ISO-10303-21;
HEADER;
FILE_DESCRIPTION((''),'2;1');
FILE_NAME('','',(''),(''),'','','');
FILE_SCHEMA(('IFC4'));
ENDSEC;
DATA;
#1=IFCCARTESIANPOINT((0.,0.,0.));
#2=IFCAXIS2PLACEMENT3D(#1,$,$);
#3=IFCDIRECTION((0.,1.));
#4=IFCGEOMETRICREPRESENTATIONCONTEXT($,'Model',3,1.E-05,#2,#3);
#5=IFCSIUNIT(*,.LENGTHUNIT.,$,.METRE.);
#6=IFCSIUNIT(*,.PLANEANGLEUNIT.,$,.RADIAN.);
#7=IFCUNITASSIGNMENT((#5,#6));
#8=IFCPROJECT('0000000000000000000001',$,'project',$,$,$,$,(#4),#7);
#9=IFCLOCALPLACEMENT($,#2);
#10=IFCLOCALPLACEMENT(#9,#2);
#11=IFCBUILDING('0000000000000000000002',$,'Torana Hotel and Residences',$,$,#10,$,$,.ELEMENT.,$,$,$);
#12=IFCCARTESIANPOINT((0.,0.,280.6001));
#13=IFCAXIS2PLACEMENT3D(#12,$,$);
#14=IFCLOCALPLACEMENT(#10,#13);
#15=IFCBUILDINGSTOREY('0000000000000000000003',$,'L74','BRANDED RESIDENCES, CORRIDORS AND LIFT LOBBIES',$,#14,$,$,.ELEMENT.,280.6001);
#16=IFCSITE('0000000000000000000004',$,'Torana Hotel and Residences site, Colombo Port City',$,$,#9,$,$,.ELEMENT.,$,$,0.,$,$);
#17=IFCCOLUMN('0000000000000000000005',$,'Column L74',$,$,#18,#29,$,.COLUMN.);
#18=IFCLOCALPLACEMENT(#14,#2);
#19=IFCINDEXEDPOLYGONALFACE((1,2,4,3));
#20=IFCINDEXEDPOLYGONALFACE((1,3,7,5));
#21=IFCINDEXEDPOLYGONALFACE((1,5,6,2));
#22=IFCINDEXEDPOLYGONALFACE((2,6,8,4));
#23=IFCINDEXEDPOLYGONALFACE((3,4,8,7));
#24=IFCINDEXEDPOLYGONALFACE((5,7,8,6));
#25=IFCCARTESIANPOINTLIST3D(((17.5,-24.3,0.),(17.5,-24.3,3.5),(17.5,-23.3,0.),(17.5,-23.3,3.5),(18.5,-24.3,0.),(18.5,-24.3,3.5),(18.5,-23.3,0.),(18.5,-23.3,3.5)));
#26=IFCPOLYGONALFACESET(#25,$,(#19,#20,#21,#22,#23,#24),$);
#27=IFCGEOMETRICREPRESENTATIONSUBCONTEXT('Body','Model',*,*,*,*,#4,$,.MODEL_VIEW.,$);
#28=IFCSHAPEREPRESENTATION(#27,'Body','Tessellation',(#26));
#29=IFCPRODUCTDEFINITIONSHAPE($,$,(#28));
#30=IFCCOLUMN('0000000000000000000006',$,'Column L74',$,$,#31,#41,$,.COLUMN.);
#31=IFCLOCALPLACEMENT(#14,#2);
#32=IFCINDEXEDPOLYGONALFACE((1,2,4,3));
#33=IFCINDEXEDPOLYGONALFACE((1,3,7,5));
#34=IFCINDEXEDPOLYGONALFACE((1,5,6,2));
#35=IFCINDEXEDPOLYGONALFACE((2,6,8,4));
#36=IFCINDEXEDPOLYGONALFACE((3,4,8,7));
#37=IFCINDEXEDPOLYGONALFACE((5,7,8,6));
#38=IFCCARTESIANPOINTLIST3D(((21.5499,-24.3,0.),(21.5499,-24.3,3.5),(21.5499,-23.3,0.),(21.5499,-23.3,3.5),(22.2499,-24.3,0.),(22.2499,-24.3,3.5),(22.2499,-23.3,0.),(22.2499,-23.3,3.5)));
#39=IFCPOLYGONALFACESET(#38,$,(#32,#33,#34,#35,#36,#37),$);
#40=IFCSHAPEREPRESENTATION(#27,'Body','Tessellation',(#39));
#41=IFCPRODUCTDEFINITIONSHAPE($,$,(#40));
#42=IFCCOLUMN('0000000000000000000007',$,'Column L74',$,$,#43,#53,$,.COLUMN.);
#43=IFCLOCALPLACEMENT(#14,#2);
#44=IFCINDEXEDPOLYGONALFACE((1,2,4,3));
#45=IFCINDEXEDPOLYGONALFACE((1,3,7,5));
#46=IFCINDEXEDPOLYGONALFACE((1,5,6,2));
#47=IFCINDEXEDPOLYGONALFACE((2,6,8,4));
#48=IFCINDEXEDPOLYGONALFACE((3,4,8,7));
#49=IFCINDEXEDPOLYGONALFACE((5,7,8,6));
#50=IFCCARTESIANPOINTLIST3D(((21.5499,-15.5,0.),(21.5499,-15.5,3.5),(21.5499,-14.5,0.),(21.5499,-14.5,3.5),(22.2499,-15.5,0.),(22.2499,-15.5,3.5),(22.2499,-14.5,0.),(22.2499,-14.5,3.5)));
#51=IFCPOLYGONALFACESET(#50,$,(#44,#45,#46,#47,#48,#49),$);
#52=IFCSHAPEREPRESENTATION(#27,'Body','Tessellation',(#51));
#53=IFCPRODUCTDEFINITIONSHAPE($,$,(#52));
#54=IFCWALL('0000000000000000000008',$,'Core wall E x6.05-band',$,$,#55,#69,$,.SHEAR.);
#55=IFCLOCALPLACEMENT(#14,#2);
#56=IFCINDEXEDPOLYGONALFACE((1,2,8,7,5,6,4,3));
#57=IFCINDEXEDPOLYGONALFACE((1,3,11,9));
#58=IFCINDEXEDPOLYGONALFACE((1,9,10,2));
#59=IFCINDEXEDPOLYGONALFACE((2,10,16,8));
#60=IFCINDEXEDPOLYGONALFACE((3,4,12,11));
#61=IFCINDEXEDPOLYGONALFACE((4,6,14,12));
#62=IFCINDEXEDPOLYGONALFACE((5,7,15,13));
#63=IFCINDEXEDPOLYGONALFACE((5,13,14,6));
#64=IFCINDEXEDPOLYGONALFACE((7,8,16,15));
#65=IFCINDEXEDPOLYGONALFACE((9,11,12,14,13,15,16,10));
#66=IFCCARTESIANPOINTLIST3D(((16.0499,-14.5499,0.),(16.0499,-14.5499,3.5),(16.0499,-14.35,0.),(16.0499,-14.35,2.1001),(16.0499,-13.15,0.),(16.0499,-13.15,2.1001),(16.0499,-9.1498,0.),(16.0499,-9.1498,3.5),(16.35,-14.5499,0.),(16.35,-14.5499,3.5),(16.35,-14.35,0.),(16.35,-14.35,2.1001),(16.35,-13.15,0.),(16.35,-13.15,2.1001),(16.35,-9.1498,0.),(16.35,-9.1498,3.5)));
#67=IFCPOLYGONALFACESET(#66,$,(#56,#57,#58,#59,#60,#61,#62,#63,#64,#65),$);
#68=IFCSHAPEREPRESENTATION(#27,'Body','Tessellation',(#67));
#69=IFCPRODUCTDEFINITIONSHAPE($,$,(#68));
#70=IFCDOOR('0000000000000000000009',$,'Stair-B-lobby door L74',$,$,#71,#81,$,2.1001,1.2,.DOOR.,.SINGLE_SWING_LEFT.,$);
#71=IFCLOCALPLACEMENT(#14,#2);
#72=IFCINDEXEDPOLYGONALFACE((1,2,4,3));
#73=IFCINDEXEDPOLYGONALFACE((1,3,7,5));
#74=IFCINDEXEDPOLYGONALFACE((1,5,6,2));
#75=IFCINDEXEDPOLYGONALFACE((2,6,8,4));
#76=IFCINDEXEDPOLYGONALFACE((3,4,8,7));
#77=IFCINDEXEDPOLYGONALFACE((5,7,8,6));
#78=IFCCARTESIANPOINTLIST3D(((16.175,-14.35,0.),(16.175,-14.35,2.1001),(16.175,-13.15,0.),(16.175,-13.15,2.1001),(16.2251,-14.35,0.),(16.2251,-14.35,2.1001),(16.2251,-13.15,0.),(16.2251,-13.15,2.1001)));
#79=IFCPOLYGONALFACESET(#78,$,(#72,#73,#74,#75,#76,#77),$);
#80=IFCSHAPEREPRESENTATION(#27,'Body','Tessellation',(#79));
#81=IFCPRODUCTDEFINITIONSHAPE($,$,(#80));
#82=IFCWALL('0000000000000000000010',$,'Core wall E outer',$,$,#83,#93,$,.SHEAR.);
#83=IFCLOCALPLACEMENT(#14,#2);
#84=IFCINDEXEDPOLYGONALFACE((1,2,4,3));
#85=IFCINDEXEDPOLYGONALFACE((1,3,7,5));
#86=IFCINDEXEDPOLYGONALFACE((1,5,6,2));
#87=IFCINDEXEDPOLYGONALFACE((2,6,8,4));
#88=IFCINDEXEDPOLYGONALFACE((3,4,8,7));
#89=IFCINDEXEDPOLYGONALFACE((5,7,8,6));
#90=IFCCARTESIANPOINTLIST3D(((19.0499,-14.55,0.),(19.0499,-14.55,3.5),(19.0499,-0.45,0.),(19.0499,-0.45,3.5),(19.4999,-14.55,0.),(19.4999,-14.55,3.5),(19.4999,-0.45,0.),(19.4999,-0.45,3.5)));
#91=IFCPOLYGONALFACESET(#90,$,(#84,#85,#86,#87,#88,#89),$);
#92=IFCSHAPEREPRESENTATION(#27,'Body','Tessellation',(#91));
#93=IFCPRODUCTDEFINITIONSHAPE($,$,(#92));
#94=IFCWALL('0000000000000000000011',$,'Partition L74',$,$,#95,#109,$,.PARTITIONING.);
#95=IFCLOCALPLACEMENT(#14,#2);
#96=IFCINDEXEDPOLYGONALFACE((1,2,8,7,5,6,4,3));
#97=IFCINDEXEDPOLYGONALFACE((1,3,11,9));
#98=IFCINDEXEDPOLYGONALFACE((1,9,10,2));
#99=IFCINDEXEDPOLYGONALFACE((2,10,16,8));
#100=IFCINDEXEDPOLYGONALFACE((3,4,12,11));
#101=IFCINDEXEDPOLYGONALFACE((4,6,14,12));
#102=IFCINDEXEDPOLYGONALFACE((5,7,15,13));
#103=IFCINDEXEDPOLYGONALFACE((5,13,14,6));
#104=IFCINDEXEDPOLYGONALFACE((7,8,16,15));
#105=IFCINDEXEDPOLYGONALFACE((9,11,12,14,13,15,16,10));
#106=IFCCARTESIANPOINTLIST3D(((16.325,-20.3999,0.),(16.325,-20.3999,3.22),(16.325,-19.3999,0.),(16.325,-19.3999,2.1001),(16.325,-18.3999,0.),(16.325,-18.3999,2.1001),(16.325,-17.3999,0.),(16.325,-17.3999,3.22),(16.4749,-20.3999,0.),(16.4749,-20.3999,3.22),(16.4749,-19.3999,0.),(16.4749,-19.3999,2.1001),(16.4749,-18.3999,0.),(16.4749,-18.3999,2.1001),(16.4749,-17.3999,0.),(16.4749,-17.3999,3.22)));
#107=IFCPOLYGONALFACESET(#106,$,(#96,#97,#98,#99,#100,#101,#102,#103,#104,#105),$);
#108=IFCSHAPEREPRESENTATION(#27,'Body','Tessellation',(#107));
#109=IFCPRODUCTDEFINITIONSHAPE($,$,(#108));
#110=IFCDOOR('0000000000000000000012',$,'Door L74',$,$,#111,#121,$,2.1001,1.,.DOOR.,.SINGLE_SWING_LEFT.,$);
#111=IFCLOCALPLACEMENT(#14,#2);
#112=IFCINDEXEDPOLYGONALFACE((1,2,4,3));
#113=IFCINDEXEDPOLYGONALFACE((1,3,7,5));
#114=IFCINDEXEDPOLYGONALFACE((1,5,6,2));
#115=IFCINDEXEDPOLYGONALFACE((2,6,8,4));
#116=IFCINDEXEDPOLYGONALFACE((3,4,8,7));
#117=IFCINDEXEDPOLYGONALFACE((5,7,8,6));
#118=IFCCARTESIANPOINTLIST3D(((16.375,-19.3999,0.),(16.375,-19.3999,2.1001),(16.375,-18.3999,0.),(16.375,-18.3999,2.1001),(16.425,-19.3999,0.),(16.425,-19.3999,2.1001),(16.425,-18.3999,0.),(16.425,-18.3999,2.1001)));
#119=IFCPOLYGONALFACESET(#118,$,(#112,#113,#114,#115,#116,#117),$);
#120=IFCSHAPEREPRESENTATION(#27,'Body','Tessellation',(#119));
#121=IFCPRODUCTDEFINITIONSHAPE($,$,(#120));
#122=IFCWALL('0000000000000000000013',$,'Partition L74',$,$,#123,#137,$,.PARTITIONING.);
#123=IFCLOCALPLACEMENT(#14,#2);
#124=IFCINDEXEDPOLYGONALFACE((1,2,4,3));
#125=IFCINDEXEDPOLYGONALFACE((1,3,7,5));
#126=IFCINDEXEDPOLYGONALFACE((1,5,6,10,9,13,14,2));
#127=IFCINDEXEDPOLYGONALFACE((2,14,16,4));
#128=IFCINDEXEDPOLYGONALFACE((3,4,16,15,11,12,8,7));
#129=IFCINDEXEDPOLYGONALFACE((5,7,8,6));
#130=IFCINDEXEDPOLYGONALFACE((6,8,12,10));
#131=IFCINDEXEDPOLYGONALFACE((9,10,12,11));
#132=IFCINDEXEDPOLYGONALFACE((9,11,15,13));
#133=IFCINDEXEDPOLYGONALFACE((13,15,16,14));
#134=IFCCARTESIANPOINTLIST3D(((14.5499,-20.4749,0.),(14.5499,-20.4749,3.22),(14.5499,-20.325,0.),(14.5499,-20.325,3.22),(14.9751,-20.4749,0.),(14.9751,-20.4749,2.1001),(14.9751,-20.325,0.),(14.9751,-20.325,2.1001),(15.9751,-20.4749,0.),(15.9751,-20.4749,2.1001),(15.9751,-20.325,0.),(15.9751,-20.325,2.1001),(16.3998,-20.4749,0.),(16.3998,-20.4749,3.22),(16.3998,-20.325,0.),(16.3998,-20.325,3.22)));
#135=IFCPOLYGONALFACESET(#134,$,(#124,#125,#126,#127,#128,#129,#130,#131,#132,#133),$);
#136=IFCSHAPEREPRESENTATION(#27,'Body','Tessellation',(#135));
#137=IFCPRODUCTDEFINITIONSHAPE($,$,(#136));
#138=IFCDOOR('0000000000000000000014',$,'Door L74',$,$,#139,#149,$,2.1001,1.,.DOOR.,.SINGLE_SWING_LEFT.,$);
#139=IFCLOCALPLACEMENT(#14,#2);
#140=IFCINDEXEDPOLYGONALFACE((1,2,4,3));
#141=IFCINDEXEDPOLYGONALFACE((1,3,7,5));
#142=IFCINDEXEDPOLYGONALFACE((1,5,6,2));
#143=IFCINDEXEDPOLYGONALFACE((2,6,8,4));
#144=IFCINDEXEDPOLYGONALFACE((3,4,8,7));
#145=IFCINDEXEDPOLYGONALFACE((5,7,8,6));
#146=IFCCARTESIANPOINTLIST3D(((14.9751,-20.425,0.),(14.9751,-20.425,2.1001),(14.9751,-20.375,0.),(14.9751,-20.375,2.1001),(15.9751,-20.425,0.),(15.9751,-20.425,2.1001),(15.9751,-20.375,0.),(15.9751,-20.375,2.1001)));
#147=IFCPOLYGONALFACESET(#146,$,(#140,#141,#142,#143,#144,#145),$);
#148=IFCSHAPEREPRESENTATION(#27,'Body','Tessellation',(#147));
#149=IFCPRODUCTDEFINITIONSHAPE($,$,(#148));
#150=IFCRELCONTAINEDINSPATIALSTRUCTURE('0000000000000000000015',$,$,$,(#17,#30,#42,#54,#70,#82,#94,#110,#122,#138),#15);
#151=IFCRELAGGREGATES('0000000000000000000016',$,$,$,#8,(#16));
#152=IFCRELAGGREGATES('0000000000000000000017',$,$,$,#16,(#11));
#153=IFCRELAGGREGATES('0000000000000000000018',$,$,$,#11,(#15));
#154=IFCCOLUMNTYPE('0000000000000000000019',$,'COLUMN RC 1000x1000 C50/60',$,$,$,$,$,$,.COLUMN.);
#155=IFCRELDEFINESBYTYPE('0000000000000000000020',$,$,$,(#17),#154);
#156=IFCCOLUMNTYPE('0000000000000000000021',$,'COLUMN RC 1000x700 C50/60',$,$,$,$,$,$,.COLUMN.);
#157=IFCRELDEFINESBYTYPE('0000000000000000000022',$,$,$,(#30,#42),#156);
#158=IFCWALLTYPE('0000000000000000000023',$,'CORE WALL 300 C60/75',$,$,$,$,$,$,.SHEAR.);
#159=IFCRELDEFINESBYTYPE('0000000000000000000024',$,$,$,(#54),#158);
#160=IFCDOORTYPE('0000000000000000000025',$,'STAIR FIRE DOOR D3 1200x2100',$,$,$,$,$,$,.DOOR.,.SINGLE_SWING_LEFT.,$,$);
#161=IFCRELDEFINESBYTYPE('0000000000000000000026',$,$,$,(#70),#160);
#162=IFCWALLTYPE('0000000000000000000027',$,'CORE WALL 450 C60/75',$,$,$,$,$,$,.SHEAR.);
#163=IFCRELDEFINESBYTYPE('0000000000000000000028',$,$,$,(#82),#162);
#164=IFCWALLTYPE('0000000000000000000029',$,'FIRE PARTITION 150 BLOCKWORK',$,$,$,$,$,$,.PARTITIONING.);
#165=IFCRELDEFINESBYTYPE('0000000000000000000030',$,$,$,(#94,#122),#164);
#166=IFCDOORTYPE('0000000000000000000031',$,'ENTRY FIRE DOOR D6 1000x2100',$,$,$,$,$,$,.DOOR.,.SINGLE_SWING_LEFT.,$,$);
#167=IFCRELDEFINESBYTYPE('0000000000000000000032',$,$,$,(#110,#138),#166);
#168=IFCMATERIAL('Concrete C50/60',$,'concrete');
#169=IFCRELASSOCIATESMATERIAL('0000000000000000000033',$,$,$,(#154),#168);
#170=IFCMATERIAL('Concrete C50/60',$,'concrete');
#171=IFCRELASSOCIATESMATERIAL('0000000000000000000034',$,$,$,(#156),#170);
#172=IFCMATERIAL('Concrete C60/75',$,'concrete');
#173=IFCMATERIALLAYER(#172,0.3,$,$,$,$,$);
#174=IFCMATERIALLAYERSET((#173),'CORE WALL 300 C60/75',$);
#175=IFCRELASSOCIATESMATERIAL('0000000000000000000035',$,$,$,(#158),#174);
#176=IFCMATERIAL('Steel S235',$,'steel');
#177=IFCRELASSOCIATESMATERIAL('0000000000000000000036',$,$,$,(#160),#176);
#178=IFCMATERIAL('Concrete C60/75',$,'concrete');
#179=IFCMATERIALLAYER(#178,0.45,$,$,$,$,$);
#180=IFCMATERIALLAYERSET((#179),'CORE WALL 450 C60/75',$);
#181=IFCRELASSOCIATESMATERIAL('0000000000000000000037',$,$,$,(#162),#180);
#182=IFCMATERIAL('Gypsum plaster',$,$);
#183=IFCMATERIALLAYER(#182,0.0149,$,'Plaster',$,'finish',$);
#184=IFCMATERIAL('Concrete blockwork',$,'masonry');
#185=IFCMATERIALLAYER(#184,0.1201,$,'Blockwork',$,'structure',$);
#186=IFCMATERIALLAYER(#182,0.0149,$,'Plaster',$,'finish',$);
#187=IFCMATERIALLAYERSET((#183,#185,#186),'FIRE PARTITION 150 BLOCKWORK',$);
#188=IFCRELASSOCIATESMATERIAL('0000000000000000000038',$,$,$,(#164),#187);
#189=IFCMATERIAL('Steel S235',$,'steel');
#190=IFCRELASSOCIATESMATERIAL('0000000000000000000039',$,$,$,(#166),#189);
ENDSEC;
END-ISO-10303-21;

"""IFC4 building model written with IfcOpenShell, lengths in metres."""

from ifc_helpers import new_model, si_unit, direction, frame, frame_2d, origin, origin_2d, place, context, subcontext, project, spatial, rectangle, extrude, material, layer, layer_set, material_profile, profile_set, type_object, element, fill, save


model = new_model("IFC4")

# Units and contexts
model_context = context("Model", 3, precision=1e-05, world=origin(), true_north=direction((0.0, 1.0)))
body_context = subcontext(model_context, "Body", "Model", "MODEL_VIEW")
ifc_project = project(units=[si_unit("LENGTHUNIT", "METRE"), si_unit("PLANEANGLEUNIT", "RADIAN")], contexts=[model_context])

# Site, building, storey
site_placement = place(None, origin())
site = spatial("IfcSite", under=ifc_project, at=site_placement, Name="Torana Hotel and Residences site, Colombo Port City", CompositionType="ELEMENT", RefElevation=0.0)
building_placement = place(site_placement, origin())
building = spatial("IfcBuilding", under=site, at=building_placement, Name="Torana Hotel and Residences", CompositionType="ELEMENT")
storey_placement = place(building_placement, frame((0.0, 0.0, 280.6001)))
storey = spatial("IfcBuildingStorey", under=building, at=storey_placement, Name="L74", Description="BRANDED RESIDENCES, CORRIDORS AND LIFT LOBBIES", CompositionType="ELEMENT", Elevation=280.6001)

# Columns
ifc_material_1 = material(Name="Concrete C50/60", Category="concrete")
ifc_material_profile_1 = material_profile(ifc_material_1, rectangle(XDim=1.0, YDim=1.0, at=origin_2d()), Name="RC 1000x1000")
ifc_profile_set_1 = profile_set([ifc_material_profile_1], Name="Concrete C50/60")
column_type_1 = type_object("IfcColumnType", Name="COLUMN RC 1000x1000 C50/60", PredefinedType="COLUMN", material=ifc_profile_set_1)
column_placement = place(storey_placement, frame((18.0, -23.8, 0.0), z_axis=(0.0, 0.0, 1.0), x_axis=(1.0, 0.0, 0.0)))
element("IfcColumn", 1, at=column_placement, inside=storey, type_object=column_type_1, Name="Column L74", PredefinedType="COLUMN", context=body_context, shape_type="SweptSolid", body=[
    extrude(rectangle(XDim=1.0, YDim=1.0, at=origin_2d()), origin(), (0.0, 0.0, 1.0), 3.5),
])
ifc_material_2 = material(Name="Concrete C50/60", Category="concrete")
ifc_material_profile_2 = material_profile(ifc_material_2, rectangle(XDim=1.0, YDim=0.7, at=origin_2d()), Name="RC 1000x700")
ifc_profile_set_2 = profile_set([ifc_material_profile_2], Name="Concrete C50/60")
column_type_2 = type_object("IfcColumnType", Name="COLUMN RC 1000x700 C50/60", PredefinedType="COLUMN", material=ifc_profile_set_2)
for number, where, z_axis, x_axis, name in (
    (2, (21.8999, -23.8, 0.0), (0.0, 0.0, 1.0), (0.0, 1.0, 0.0), "Column L74"),
    (3, (21.8999, -15.0, 0.0), (0.0, 0.0, 1.0), (0.0, 1.0, 0.0), "Column L74"),
):
    element("IfcColumn", number, at=place(storey_placement, frame(where, z_axis=z_axis, x_axis=x_axis)), inside=storey, type_object=column_type_2, Name=name, PredefinedType="COLUMN", context=body_context, shape_type="SweptSolid", body=[
        extrude(rectangle(XDim=1.0, YDim=0.7, at=origin_2d()), origin(), (0.0, 0.0, 1.0), 3.5),
    ])

# Wall, opening, door
ifc_material_3 = material(Name="Concrete C60/75", Category="concrete")
ifc_layer_1 = layer(ifc_material_3, 0.3)
ifc_layer_set_1 = layer_set([ifc_layer_1], Name="CORE WALL 300 C60/75")
wall_type_1 = type_object("IfcWallType", Name="CORE WALL 300 C60/75", PredefinedType="SHEAR", material=ifc_layer_set_1)
wall_1_placement = place(storey_placement, frame((16.2, -14.55, 0.0), z_axis=(0.0, 0.0, 1.0), x_axis=(0.0, 1.0, 0.0)))
wall_1 = element("IfcWall", 4, at=wall_1_placement, inside=storey, type_object=wall_type_1, Name="Core wall E x6.05-band", PredefinedType="SHEAR", context=body_context, shape_type="SweptSolid", body=[
    extrude(rectangle(XDim=5.4001, YDim=0.3, at=frame_2d((2.7002, 0.0))), origin(), (0.0, 0.0, 1.0), 3.5),
])
opening_1_placement = place(wall_1_placement, frame((0.2, 0.0, 0.0)))
opening_1 = element("IfcOpeningElement", 5, at=opening_1_placement, cuts=wall_1, PredefinedType="OPENING", context=body_context, shape_type="SweptSolid", body=[
    extrude(rectangle(XDim=1.2, YDim=2.1001, at=frame_2d((0.6001, 1.05))), frame((0.0, 0.1599, 0.0), z_axis=(0.0, -1.0, 0.0), x_axis=(1.0, 0.0, 0.0)), (0.0, 0.0, 1.0), 0.3201),
])
ifc_material_4 = material(Name="Steel S235", Category="steel")
door_type_1 = type_object("IfcDoorType", Name="STAIR FIRE DOOR D3 1200x2100", OperationType="SINGLE_SWING_LEFT", PredefinedType="DOOR", material=ifc_material_4)
door_1_placement = place(opening_1_placement, frame((0.6001, 0.0, 0.0), z_axis=(0.0, 0.0, 1.0), x_axis=(-1.0, 0.0, 0.0)))
door_1 = element("IfcDoor", 6, at=door_1_placement, inside=storey, type_object=door_type_1, Name="Stair-B-lobby door L74", OperationType="SINGLE_SWING_LEFT", OverallHeight=2.1001, OverallWidth=1.2, PredefinedType="DOOR", context=body_context, shape_type="SweptSolid", body=[
    extrude(rectangle(XDim=1.2, YDim=2.1001, at=frame_2d((0.0, 1.05))), frame((0.0, -0.0249, 0.0), z_axis=(0.0, 1.0, 0.0), x_axis=(-1.0, 0.0, 0.0)), (0.0, 0.0, 1.0), 0.05),
])
fill(opening_1, door_1)

# Wall
ifc_material_5 = material(Name="Concrete C60/75", Category="concrete")
ifc_layer_2 = layer(ifc_material_5, 0.45)
ifc_layer_set_2 = layer_set([ifc_layer_2], Name="CORE WALL 450 C60/75")
wall_type_2 = type_object("IfcWallType", Name="CORE WALL 450 C60/75", PredefinedType="SHEAR", material=ifc_layer_set_2)
wall_2_placement = place(storey_placement, frame((19.2749, -14.55, 0.0), z_axis=(0.0, 0.0, 1.0), x_axis=(0.0, 1.0, 0.0)))
element("IfcWall", 7, at=wall_2_placement, inside=storey, type_object=wall_type_2, Name="Core wall E outer", PredefinedType="SHEAR", context=body_context, shape_type="SweptSolid", body=[
    extrude(rectangle(XDim=14.1001, YDim=0.45, at=frame_2d((7.05, 0.0))), origin(), (0.0, 0.0, 1.0), 3.5),
])

# Walls, openings, doors
ifc_material_6 = material(Name="Gypsum plaster")
ifc_layer_3 = layer(ifc_material_6, 0.0149, Name="Plaster", Category="finish")
ifc_material_7 = material(Name="Concrete blockwork", Category="masonry")
ifc_layer_4 = layer(ifc_material_7, 0.1201, Name="Blockwork", Category="structure")
ifc_layer_5 = layer(ifc_material_6, 0.0149, Name="Plaster", Category="finish")
ifc_layer_set_3 = layer_set([ifc_layer_3, ifc_layer_4, ifc_layer_5], Name="FIRE PARTITION 150 BLOCKWORK")
wall_type_3 = type_object("IfcWallType", Name="FIRE PARTITION 150 BLOCKWORK", PredefinedType="PARTITIONING", material=ifc_layer_set_3)
wall_3_placement = place(storey_placement, frame((16.3999, -20.3999, 0.0), z_axis=(0.0, 0.0, 1.0), x_axis=(0.0, 1.0, 0.0)))
wall_3 = element("IfcWall", 8, at=wall_3_placement, inside=storey, type_object=wall_type_3, Name="Partition L74", PredefinedType="PARTITIONING", context=body_context, shape_type="SweptSolid", body=[
    extrude(rectangle(XDim=3.0, YDim=0.1499, at=frame_2d((1.5, 0.0))), origin(), (0.0, 0.0, 1.0), 3.22),
])
opening_2_placement = place(wall_3_placement, frame((1.0, 0.0, 0.0)))
opening_2 = element("IfcOpeningElement", 9, at=opening_2_placement, cuts=wall_3, PredefinedType="OPENING", context=body_context, shape_type="SweptSolid", body=[
    extrude(rectangle(XDim=1.0, YDim=2.1001, at=frame_2d((0.5, 1.05))), frame((0.0, 0.085, 0.0), z_axis=(0.0, -1.0, 0.0), x_axis=(1.0, 0.0, 0.0)), (0.0, 0.0, 1.0), 0.1699),
])
ifc_material_8 = material(Name="Steel S235", Category="steel")
door_type_2 = type_object("IfcDoorType", Name="ENTRY FIRE DOOR D6 1000x2100", OperationType="SINGLE_SWING_LEFT", PredefinedType="DOOR", material=ifc_material_8)
door_2_placement = place(opening_2_placement, frame((0.5, 0.0, 0.0), z_axis=(0.0, 0.0, 1.0), x_axis=(-1.0, 0.0, 0.0)))
door_2 = element("IfcDoor", 10, at=door_2_placement, inside=storey, type_object=door_type_2, Name="Door L74", OperationType="SINGLE_SWING_LEFT", OverallHeight=2.1001, OverallWidth=1.0, PredefinedType="DOOR", context=body_context, shape_type="SweptSolid", body=[
    extrude(rectangle(XDim=1.0, YDim=2.1001, at=frame_2d((0.0, 1.05))), frame((0.0, -0.0249, 0.0), z_axis=(0.0, 1.0, 0.0), x_axis=(-1.0, 0.0, 0.0)), (0.0, 0.0, 1.0), 0.05),
])
fill(opening_2, door_2)
wall_4_placement = place(storey_placement, frame((14.55, -20.3999, 0.0), z_axis=(0.0, 0.0, 1.0), x_axis=(1.0, 0.0, 0.0)))
wall_4 = element("IfcWall", 11, at=wall_4_placement, inside=storey, type_object=wall_type_3, Name="Partition L74", PredefinedType="PARTITIONING", context=body_context, shape_type="SweptSolid", body=[
    extrude(rectangle(XDim=1.8499, YDim=0.1499, at=frame_2d((0.9248, 0.0))), origin(), (0.0, 0.0, 1.0), 3.22),
])
opening_3_placement = place(wall_4_placement, frame((0.425, 0.0, 0.0)))
opening_3 = element("IfcOpeningElement", 12, at=opening_3_placement, cuts=wall_4, PredefinedType="OPENING", context=body_context, shape_type="SweptSolid", body=[
    extrude(rectangle(XDim=1.0, YDim=2.1001, at=frame_2d((0.5, 1.05))), frame((0.0, 0.085, 0.0), z_axis=(0.0, -1.0, 0.0), x_axis=(1.0, 0.0, 0.0)), (0.0, 0.0, 1.0), 0.1699),
])
door_3_placement = place(opening_3_placement, frame((0.5, 0.0, 0.0), z_axis=(0.0, 0.0, 1.0), x_axis=(-1.0, 0.0, 0.0)))
door_3 = element("IfcDoor", 13, at=door_3_placement, inside=storey, type_object=door_type_2, Name="Door L74", OperationType="SINGLE_SWING_LEFT", OverallHeight=2.1001, OverallWidth=1.0, PredefinedType="DOOR", context=body_context, shape_type="SweptSolid", body=[
    extrude(rectangle(XDim=1.0, YDim=2.1001, at=frame_2d((0.0, 1.05))), frame((0.0, -0.0249, 0.0), z_axis=(0.0, 1.0, 0.0), x_axis=(-1.0, 0.0, 0.0)), (0.0, 0.0, 1.0), 0.05),
])
fill(opening_3, door_3)

save(model, "model.ifc")
